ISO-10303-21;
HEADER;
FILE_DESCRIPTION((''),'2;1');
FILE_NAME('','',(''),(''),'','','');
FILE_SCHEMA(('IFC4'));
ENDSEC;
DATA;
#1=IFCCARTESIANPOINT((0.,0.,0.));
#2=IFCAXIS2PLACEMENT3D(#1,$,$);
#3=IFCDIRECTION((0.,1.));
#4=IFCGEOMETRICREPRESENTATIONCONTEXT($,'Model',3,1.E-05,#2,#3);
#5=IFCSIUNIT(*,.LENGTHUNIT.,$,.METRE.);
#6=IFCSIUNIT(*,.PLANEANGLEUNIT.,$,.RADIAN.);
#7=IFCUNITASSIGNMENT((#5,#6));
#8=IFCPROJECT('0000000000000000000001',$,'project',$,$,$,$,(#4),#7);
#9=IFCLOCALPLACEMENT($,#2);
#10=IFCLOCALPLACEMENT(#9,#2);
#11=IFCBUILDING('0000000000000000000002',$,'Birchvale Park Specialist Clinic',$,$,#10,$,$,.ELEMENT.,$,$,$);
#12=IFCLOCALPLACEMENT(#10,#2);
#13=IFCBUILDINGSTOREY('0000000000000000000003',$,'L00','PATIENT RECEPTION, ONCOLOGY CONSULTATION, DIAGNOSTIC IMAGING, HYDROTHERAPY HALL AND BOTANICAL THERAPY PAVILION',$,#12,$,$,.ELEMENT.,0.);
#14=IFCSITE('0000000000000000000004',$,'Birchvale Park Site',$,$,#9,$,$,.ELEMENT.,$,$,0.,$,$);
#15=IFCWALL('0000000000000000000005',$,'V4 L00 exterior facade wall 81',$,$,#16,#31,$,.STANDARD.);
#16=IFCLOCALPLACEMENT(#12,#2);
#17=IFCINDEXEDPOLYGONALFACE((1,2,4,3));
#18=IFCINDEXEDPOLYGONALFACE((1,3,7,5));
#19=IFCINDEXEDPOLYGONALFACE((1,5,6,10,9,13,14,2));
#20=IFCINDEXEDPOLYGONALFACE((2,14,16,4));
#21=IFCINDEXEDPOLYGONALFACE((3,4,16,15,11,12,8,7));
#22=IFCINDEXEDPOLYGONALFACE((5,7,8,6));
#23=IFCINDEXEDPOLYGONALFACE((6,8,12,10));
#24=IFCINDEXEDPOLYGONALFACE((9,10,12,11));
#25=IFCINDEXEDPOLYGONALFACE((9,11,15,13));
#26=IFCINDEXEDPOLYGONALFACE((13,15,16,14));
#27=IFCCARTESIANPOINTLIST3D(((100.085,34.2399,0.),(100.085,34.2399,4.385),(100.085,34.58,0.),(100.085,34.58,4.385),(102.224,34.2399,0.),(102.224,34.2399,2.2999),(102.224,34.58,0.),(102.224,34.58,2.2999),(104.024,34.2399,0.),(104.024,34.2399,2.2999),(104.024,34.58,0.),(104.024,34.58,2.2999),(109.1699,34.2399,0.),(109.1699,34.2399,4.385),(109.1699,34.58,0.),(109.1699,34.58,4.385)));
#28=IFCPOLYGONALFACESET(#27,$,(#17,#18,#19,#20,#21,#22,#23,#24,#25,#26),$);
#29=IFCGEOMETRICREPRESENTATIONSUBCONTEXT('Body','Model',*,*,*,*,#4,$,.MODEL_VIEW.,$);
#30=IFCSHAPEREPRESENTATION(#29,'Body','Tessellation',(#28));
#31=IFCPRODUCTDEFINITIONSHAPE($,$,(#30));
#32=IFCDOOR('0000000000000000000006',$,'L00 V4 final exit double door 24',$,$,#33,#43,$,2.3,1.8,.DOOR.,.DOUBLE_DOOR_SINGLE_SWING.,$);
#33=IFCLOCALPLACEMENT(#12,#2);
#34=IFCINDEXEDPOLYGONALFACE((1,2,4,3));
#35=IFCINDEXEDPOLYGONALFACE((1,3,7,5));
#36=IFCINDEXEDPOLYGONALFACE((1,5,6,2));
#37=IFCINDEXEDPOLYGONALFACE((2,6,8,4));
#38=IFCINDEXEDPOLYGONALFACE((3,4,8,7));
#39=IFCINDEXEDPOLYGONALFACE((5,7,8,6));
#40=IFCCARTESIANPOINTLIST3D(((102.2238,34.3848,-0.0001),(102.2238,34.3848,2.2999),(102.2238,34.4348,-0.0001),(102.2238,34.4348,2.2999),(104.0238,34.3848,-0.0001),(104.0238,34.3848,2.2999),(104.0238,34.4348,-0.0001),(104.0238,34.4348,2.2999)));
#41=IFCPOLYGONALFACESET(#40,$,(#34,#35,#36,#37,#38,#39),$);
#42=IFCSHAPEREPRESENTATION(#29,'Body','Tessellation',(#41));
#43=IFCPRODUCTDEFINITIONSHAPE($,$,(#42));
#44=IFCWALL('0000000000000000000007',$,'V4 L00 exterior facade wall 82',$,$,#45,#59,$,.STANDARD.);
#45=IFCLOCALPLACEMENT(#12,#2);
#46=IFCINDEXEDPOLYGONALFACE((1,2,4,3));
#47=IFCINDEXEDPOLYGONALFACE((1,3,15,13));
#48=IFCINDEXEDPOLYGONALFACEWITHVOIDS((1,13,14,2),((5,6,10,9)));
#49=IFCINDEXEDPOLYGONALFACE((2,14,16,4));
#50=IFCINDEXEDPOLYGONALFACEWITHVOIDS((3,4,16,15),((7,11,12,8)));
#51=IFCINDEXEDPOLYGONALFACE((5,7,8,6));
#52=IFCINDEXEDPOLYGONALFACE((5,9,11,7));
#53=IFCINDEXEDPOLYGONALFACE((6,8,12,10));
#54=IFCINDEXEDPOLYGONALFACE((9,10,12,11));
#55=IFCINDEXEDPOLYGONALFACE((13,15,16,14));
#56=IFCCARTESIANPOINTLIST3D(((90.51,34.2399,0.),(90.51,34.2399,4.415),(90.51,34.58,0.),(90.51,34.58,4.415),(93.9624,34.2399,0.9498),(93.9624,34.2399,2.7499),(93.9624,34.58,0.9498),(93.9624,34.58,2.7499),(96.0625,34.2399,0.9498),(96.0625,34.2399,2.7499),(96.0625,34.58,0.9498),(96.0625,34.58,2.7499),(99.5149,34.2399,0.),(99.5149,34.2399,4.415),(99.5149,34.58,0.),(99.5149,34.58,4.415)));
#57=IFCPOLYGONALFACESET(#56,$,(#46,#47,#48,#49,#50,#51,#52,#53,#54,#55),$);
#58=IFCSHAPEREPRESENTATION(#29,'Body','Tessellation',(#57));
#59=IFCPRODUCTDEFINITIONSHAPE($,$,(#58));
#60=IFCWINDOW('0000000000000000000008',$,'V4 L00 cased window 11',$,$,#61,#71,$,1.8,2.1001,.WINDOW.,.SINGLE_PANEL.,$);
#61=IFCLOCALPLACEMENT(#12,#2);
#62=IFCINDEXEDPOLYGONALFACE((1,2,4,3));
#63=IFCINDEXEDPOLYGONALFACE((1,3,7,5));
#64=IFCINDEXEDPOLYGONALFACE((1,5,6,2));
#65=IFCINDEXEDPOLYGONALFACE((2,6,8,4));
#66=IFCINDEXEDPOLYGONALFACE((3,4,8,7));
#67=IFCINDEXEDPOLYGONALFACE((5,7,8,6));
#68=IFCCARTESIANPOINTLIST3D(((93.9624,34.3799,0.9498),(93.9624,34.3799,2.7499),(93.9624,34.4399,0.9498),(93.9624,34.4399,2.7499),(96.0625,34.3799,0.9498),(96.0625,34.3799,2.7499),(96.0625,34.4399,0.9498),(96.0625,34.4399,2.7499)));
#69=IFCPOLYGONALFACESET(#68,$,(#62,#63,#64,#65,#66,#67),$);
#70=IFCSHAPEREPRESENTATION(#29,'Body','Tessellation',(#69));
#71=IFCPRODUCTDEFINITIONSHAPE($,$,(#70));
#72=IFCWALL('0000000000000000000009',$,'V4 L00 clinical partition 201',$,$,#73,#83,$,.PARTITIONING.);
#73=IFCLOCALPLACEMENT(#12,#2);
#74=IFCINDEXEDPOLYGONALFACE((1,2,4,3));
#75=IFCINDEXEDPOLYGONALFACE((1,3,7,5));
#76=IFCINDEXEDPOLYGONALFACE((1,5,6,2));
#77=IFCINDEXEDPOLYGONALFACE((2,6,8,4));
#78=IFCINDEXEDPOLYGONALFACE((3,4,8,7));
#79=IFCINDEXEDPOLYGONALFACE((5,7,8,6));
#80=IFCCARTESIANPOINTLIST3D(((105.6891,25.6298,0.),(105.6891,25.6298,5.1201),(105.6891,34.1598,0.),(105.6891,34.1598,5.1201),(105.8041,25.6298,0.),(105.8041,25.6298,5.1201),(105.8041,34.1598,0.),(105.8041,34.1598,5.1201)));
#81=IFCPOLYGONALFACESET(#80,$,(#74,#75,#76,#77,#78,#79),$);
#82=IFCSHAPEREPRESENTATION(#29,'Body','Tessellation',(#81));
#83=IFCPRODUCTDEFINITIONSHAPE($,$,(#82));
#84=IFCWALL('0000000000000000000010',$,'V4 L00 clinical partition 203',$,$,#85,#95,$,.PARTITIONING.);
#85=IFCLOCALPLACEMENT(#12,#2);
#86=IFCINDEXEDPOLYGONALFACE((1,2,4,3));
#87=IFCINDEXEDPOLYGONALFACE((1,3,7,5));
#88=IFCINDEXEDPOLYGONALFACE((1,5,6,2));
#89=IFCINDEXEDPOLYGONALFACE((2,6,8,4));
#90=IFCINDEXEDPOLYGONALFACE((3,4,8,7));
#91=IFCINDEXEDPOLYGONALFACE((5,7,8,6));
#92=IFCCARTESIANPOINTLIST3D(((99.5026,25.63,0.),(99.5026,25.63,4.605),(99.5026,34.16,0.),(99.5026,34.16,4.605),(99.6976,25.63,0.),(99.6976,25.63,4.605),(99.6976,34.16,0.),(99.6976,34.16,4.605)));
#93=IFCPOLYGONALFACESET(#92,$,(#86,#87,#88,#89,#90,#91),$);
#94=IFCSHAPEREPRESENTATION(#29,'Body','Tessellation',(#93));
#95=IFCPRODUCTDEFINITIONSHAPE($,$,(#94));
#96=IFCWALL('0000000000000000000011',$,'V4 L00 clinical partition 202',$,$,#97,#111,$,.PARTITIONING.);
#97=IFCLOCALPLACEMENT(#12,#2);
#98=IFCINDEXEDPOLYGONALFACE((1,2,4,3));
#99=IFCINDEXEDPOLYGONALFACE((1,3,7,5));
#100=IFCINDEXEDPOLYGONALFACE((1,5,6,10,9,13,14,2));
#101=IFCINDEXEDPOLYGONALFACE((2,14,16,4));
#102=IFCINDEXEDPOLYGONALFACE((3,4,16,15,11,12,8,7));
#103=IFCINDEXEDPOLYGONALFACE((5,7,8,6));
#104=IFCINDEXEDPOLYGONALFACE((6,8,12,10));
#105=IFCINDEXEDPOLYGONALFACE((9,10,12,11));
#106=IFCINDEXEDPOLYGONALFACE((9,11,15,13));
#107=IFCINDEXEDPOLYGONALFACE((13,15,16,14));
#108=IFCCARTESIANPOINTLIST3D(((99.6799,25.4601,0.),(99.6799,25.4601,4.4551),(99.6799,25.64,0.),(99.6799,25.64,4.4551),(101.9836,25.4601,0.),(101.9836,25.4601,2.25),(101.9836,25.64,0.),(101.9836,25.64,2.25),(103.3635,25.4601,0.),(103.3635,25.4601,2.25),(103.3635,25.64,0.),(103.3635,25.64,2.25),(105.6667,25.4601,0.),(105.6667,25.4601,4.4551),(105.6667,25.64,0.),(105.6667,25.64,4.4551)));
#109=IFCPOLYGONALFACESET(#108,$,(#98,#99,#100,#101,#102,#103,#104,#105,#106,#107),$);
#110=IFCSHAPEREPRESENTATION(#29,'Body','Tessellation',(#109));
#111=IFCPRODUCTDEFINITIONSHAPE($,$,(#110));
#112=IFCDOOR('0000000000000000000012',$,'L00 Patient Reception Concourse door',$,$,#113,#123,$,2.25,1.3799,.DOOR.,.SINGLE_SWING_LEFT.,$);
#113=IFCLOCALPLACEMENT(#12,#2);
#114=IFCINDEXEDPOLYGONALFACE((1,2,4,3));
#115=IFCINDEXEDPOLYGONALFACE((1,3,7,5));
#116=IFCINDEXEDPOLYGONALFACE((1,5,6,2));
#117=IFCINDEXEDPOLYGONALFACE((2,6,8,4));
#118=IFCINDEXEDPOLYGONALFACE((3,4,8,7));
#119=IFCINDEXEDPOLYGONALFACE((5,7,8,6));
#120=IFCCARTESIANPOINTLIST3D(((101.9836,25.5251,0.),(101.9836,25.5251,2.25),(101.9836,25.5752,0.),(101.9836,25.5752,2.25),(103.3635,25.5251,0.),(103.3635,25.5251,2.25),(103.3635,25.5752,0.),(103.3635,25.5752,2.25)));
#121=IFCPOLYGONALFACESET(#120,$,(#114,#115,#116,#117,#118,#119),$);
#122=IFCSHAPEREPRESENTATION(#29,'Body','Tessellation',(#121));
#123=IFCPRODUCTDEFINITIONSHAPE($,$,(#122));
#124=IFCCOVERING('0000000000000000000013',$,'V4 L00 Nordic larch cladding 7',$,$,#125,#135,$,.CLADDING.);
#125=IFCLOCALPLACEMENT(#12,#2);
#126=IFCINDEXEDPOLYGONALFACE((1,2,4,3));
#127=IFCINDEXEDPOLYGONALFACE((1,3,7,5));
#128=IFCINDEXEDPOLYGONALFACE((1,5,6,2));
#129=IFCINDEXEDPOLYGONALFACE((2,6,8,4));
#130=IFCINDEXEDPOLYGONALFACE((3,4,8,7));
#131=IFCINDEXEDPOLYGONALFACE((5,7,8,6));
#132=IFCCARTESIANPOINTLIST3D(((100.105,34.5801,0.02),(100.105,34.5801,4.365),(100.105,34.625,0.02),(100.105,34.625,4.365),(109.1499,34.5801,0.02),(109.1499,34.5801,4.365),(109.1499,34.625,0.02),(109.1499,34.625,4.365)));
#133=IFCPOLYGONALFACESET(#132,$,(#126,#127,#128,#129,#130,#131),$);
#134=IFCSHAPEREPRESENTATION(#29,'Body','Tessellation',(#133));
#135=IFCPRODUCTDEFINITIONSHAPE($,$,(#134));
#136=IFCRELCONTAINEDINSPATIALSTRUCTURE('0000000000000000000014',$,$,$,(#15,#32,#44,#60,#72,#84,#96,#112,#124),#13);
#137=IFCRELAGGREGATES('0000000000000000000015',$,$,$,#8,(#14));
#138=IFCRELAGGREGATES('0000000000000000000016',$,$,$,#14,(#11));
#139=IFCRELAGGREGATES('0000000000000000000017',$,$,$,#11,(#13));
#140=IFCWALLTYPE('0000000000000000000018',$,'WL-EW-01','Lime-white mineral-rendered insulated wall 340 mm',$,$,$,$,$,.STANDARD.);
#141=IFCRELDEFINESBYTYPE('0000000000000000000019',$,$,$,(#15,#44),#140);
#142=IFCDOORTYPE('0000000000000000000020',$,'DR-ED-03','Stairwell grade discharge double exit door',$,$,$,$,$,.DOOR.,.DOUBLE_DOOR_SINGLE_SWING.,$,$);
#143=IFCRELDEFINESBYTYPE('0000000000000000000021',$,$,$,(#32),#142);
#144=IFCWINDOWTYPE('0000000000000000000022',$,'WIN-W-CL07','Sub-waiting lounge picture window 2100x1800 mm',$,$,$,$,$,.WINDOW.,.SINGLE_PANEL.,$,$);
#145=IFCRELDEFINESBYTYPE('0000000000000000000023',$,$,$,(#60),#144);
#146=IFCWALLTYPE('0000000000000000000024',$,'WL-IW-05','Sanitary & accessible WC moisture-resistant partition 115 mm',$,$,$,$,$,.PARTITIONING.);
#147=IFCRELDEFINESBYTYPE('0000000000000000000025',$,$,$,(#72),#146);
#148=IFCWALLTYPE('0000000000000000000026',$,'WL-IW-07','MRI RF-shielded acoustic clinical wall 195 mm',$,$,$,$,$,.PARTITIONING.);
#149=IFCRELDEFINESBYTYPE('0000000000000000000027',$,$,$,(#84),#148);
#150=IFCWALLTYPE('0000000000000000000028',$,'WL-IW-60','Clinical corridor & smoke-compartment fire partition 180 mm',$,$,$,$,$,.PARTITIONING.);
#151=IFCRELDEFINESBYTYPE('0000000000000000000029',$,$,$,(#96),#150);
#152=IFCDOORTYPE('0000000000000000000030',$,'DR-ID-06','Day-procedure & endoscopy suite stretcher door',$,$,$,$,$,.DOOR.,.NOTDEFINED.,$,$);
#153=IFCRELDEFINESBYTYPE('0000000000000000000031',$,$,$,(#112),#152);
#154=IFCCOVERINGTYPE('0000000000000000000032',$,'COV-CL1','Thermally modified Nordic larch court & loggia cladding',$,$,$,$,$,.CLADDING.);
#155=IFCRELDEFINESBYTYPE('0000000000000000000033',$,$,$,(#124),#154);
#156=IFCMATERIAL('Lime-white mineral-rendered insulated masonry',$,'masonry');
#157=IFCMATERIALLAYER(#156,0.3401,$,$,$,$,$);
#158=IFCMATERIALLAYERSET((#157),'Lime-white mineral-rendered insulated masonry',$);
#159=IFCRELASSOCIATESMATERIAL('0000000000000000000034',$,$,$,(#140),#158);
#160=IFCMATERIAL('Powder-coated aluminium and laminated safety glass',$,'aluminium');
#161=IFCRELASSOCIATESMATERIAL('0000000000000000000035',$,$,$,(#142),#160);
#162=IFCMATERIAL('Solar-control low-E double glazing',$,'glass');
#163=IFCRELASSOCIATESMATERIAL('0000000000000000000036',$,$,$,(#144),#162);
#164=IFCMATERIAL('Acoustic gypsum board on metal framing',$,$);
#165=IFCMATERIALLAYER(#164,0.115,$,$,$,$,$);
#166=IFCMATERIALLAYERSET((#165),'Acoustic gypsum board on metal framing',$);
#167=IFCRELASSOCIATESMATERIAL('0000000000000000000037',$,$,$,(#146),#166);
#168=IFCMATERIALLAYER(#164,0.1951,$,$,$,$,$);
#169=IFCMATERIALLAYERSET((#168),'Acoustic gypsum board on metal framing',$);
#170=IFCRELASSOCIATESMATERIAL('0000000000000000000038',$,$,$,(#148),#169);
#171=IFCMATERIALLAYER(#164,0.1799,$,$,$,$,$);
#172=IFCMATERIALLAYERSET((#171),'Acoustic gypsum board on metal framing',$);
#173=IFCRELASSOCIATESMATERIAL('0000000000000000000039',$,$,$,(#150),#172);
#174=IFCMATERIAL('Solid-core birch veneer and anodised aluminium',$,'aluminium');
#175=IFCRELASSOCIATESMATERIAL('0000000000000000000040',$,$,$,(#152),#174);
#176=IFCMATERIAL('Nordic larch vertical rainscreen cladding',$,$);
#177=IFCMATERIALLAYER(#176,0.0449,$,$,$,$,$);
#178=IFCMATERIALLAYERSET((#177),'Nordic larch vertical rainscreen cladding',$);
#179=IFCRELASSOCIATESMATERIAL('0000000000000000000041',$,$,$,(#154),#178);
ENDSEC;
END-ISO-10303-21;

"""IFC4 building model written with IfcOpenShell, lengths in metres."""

from ifc_helpers import new_model, si_unit, direction, frame, frame_2d, origin, origin_2d, place, context, subcontext, project, spatial, rectangle, extrude, material, layer, layer_set, type_object, element, fill, save


model = new_model("IFC4")

# Units and contexts
model_context = context("Model", 3, precision=1e-05, world=origin(), true_north=direction((0.0, 1.0)))
body_context = subcontext(model_context, "Body", "Model", "MODEL_VIEW")
ifc_project = project(units=[si_unit("LENGTHUNIT", "METRE"), si_unit("PLANEANGLEUNIT", "RADIAN")], contexts=[model_context])

# Site, building, storey
site_placement = place(None, origin())
site = spatial("IfcSite", under=ifc_project, at=site_placement, Name="Birchvale Park Site", CompositionType="ELEMENT", RefElevation=0.0)
building_placement = place(site_placement, origin())
building = spatial("IfcBuilding", under=site, at=building_placement, Name="Birchvale Park Specialist Clinic", CompositionType="ELEMENT")
storey_placement = place(building_placement, origin())
storey = spatial("IfcBuildingStorey", under=building, at=storey_placement, Name="L00", Description="PATIENT RECEPTION, ONCOLOGY CONSULTATION, DIAGNOSTIC IMAGING, HYDROTHERAPY HALL AND BOTANICAL THERAPY PAVILION", CompositionType="ELEMENT", Elevation=0.0)

# Wall, opening, door
ifc_material_1 = material(Name="Lime-white mineral-rendered insulated masonry", Category="masonry")
ifc_layer_1 = layer(ifc_material_1, 0.3401)
ifc_layer_set_1 = layer_set([ifc_layer_1], Name="Lime-white mineral-rendered insulated masonry")
wall_type_1 = type_object("IfcWallType", Name="WL-EW-01", Description="Lime-white mineral-rendered insulated wall 340 mm", PredefinedType="STANDARD", material=ifc_layer_set_1)
wall_1_placement = place(storey_placement, frame((109.1699, 34.4099, 0.0), z_axis=(0.0, 0.0, 1.0), x_axis=(-1.0, 0.0, 0.0)))
wall_1 = element("IfcWall", 1, at=wall_1_placement, inside=storey, type_object=wall_type_1, Name="V4 L00 exterior facade wall 81", PredefinedType="STANDARD", context=body_context, shape_type="SweptSolid", body=[
    extrude(rectangle(XDim=9.085, YDim=0.3401, at=frame_2d((4.5425, 0.0))), origin(), (0.0, 0.0, 1.0), 4.385),
])
opening_1_placement = place(wall_1_placement, frame((5.146, 0.0, 0.0)))
opening_1 = element("IfcOpeningElement", 2, at=opening_1_placement, cuts=wall_1, PredefinedType="OPENING", context=body_context, shape_type="SweptSolid", body=[
    extrude(rectangle(XDim=1.8, YDim=2.3, at=frame_2d((0.8999, 1.1499))), frame((0.0, 0.1802, 0.0), z_axis=(0.0, -1.0, 0.0), x_axis=(1.0, 0.0, 0.0)), (0.0, 0.0, 1.0), 0.3601),
])
ifc_material_2 = material(Name="Powder-coated aluminium and laminated safety glass", Category="aluminium")
door_type_1 = type_object("IfcDoorType", Name="DR-ED-03", Description="Stairwell grade discharge double exit door", OperationType="DOUBLE_DOOR_SINGLE_SWING", PredefinedType="DOOR", material=ifc_material_2)
door_1_placement = place(opening_1_placement, frame((1.8, 0.0, 0.0), z_axis=(0.0, 0.0, 1.0), x_axis=(-1.0, 0.0, 0.0)))
door_1 = element("IfcDoor", 3, at=door_1_placement, inside=storey, type_object=door_type_1, Name="L00 V4 final exit double door 24", OperationType="DOUBLE_DOOR_SINGLE_SWING", OverallHeight=2.3, OverallWidth=1.8, PredefinedType="DOOR", context=body_context, shape_type="SweptSolid", body=[
    extrude(rectangle(XDim=1.8, YDim=2.3, at=frame_2d((0.8999, 1.1499))), frame((0.0, 0.0249, 0.0), z_axis=(0.0, -1.0, 0.0), x_axis=(1.0, 0.0, 0.0)), (0.0, 0.0, 1.0), 0.05),
])
fill(opening_1, door_1)

# Wall, opening, window
wall_2_placement = place(storey_placement, frame((99.5149, 34.4099, 0.0), z_axis=(0.0, 0.0, 1.0), x_axis=(-1.0, 0.0, 0.0)))
wall_2 = element("IfcWall", 4, at=wall_2_placement, inside=storey, type_object=wall_type_1, Name="V4 L00 exterior facade wall 82", PredefinedType="STANDARD", context=body_context, shape_type="SweptSolid", body=[
    extrude(rectangle(XDim=9.0049, YDim=0.3401, at=frame_2d((4.5024, 0.0))), origin(), (0.0, 0.0, 1.0), 4.415),
])
opening_2_placement = place(wall_2_placement, frame((3.4524, 0.0, 0.95)))
opening_2 = element("IfcOpeningElement", 5, at=opening_2_placement, cuts=wall_2, PredefinedType="OPENING", context=body_context, shape_type="SweptSolid", body=[
    extrude(rectangle(XDim=2.1001, YDim=1.8, at=frame_2d((1.05, 0.8999))), frame((0.0, 0.1802, 0.0), z_axis=(0.0, -1.0, 0.0), x_axis=(1.0, 0.0, 0.0)), (0.0, 0.0, 1.0), 0.3601),
])
ifc_material_3 = material(Name="Solar-control low-E double glazing", Category="glass")
window_type = type_object("IfcWindowType", Name="WIN-W-CL07", Description="Sub-waiting lounge picture window 2100x1800 mm", PartitioningType="SINGLE_PANEL", PredefinedType="WINDOW", material=ifc_material_3)
window_placement = place(opening_2_placement, origin())
window = element("IfcWindow", 6, at=window_placement, inside=storey, type_object=window_type, Name="V4 L00 cased window 11", OverallHeight=1.8, OverallWidth=2.1001, PartitioningType="SINGLE_PANEL", PredefinedType="WINDOW", context=body_context, shape_type="SweptSolid", body=[
    extrude(rectangle(XDim=2.1001, YDim=1.8, at=frame_2d((1.05, 0.8999))), frame((0.0, 0.03, 0.0), z_axis=(0.0, -1.0, 0.0), x_axis=(1.0, 0.0, 0.0)), (0.0, 0.0, 1.0), 0.0601),
])
fill(opening_2, window)

# Walls
ifc_material_4 = material(Name="Acoustic gypsum board on metal framing")
ifc_layer_2 = layer(ifc_material_4, 0.115)
ifc_layer_set_2 = layer_set([ifc_layer_2], Name="Acoustic gypsum board on metal framing")
wall_type_2 = type_object("IfcWallType", Name="WL-IW-05", Description="Sanitary & accessible WC moisture-resistant partition 115 mm", PredefinedType="PARTITIONING", material=ifc_layer_set_2)
wall_3_placement = place(storey_placement, frame((105.7466, 34.1599, 0.0), z_axis=(0.0, 0.0, 1.0), x_axis=(0.0, -1.0, 0.0)))
element("IfcWall", 7, at=wall_3_placement, inside=storey, type_object=wall_type_2, Name="V4 L00 clinical partition 201", PredefinedType="PARTITIONING", context=body_context, shape_type="SweptSolid", body=[
    extrude(rectangle(XDim=8.53, YDim=0.115, at=frame_2d((4.2651, 0.0))), origin(), (0.0, 0.0, 1.0), 5.1201),
])
ifc_layer_3 = layer(ifc_material_4, 0.1951)
ifc_layer_set_3 = layer_set([ifc_layer_3], Name="Acoustic gypsum board on metal framing")
wall_type_3 = type_object("IfcWallType", Name="WL-IW-07", Description="MRI RF-shielded acoustic clinical wall 195 mm", PredefinedType="PARTITIONING", material=ifc_layer_set_3)
wall_4_placement = place(storey_placement, frame((99.6001, 25.6299, 0.0), z_axis=(0.0, 0.0, 1.0), x_axis=(0.0, 1.0, 0.0)))
element("IfcWall", 8, at=wall_4_placement, inside=storey, type_object=wall_type_3, Name="V4 L00 clinical partition 203", PredefinedType="PARTITIONING", context=body_context, shape_type="SweptSolid", body=[
    extrude(rectangle(XDim=8.53, YDim=0.1951, at=frame_2d((4.2651, 0.0))), origin(), (0.0, 0.0, 1.0), 4.605),
])

# Wall, opening, door
ifc_layer_4 = layer(ifc_material_4, 0.1799)
ifc_layer_set_4 = layer_set([ifc_layer_4], Name="Acoustic gypsum board on metal framing")
wall_type_4 = type_object("IfcWallType", Name="WL-IW-60", Description="Clinical corridor & smoke-compartment fire partition 180 mm", PredefinedType="PARTITIONING", material=ifc_layer_set_4)
wall_5_placement = place(storey_placement, frame((105.6667, 25.55, 0.0), z_axis=(0.0, 0.0, 1.0), x_axis=(-1.0, 0.0, 0.0)))
wall_5 = element("IfcWall", 9, at=wall_5_placement, inside=storey, type_object=wall_type_4, Name="V4 L00 clinical partition 202", PredefinedType="PARTITIONING", context=body_context, shape_type="SweptSolid", body=[
    extrude(rectangle(XDim=5.9868, YDim=0.1799, at=frame_2d((2.9934, 0.0))), origin(), (0.0, 0.0, 1.0), 4.4551),
])
opening_3_placement = place(wall_5_placement, frame((2.3032, 0.0, 0.0)))
opening_3 = element("IfcOpeningElement", 10, at=opening_3_placement, cuts=wall_5, PredefinedType="OPENING", context=body_context, shape_type="SweptSolid", body=[
    extrude(rectangle(XDim=1.3799, YDim=2.25, at=frame_2d((0.6899, 1.125))), frame((0.0, 0.1001, 0.0), z_axis=(0.0, -1.0, 0.0), x_axis=(1.0, 0.0, 0.0)), (0.0, 0.0, 1.0), 0.2),
])
ifc_material_5 = material(Name="Solid-core birch veneer and anodised aluminium", Category="aluminium")
door_type_2 = type_object("IfcDoorType", Name="DR-ID-06", Description="Day-procedure & endoscopy suite stretcher door", OperationType="NOTDEFINED", PredefinedType="DOOR", material=ifc_material_5)
door_2_placement = place(opening_3_placement, origin())
door_2 = element("IfcDoor", 11, at=door_2_placement, inside=storey, type_object=door_type_2, Name="L00 Patient Reception Concourse door", OperationType="SINGLE_SWING_LEFT", OverallHeight=2.25, OverallWidth=1.3799, PredefinedType="DOOR", context=body_context, shape_type="SweptSolid", body=[
    extrude(rectangle(XDim=1.3799, YDim=2.25, at=frame_2d((0.6899, 1.125))), frame((0.0, 0.0249, 0.0), z_axis=(0.0, -1.0, 0.0), x_axis=(1.0, 0.0, 0.0)), (0.0, 0.0, 1.0), 0.05),
])
fill(opening_3, door_2)

# Covering
ifc_material_6 = material(Name="Nordic larch vertical rainscreen cladding")
ifc_layer_5 = layer(ifc_material_6, 0.0449)
ifc_layer_set_5 = layer_set([ifc_layer_5], Name="Nordic larch vertical rainscreen cladding")
covering_type = type_object("IfcCoveringType", Name="COV-CL1", Description="Thermally modified Nordic larch court & loggia cladding", PredefinedType="CLADDING", material=ifc_layer_set_5)
covering_placement = place(storey_placement, frame((104.6274, 34.6025, 0.02), z_axis=(0.0, 0.0, 1.0), x_axis=(-1.0, 0.0, 0.0)))
element("IfcCovering", 12, at=covering_placement, inside=storey, type_object=covering_type, Name="V4 L00 Nordic larch cladding 7", PredefinedType="CLADDING", context=body_context, shape_type="SweptSolid", body=[
    extrude(rectangle(XDim=9.0449, YDim=0.0449, at=origin_2d()), origin(), (0.0, 0.0, 1.0), 4.345),
])

save(model, "model.ifc")
